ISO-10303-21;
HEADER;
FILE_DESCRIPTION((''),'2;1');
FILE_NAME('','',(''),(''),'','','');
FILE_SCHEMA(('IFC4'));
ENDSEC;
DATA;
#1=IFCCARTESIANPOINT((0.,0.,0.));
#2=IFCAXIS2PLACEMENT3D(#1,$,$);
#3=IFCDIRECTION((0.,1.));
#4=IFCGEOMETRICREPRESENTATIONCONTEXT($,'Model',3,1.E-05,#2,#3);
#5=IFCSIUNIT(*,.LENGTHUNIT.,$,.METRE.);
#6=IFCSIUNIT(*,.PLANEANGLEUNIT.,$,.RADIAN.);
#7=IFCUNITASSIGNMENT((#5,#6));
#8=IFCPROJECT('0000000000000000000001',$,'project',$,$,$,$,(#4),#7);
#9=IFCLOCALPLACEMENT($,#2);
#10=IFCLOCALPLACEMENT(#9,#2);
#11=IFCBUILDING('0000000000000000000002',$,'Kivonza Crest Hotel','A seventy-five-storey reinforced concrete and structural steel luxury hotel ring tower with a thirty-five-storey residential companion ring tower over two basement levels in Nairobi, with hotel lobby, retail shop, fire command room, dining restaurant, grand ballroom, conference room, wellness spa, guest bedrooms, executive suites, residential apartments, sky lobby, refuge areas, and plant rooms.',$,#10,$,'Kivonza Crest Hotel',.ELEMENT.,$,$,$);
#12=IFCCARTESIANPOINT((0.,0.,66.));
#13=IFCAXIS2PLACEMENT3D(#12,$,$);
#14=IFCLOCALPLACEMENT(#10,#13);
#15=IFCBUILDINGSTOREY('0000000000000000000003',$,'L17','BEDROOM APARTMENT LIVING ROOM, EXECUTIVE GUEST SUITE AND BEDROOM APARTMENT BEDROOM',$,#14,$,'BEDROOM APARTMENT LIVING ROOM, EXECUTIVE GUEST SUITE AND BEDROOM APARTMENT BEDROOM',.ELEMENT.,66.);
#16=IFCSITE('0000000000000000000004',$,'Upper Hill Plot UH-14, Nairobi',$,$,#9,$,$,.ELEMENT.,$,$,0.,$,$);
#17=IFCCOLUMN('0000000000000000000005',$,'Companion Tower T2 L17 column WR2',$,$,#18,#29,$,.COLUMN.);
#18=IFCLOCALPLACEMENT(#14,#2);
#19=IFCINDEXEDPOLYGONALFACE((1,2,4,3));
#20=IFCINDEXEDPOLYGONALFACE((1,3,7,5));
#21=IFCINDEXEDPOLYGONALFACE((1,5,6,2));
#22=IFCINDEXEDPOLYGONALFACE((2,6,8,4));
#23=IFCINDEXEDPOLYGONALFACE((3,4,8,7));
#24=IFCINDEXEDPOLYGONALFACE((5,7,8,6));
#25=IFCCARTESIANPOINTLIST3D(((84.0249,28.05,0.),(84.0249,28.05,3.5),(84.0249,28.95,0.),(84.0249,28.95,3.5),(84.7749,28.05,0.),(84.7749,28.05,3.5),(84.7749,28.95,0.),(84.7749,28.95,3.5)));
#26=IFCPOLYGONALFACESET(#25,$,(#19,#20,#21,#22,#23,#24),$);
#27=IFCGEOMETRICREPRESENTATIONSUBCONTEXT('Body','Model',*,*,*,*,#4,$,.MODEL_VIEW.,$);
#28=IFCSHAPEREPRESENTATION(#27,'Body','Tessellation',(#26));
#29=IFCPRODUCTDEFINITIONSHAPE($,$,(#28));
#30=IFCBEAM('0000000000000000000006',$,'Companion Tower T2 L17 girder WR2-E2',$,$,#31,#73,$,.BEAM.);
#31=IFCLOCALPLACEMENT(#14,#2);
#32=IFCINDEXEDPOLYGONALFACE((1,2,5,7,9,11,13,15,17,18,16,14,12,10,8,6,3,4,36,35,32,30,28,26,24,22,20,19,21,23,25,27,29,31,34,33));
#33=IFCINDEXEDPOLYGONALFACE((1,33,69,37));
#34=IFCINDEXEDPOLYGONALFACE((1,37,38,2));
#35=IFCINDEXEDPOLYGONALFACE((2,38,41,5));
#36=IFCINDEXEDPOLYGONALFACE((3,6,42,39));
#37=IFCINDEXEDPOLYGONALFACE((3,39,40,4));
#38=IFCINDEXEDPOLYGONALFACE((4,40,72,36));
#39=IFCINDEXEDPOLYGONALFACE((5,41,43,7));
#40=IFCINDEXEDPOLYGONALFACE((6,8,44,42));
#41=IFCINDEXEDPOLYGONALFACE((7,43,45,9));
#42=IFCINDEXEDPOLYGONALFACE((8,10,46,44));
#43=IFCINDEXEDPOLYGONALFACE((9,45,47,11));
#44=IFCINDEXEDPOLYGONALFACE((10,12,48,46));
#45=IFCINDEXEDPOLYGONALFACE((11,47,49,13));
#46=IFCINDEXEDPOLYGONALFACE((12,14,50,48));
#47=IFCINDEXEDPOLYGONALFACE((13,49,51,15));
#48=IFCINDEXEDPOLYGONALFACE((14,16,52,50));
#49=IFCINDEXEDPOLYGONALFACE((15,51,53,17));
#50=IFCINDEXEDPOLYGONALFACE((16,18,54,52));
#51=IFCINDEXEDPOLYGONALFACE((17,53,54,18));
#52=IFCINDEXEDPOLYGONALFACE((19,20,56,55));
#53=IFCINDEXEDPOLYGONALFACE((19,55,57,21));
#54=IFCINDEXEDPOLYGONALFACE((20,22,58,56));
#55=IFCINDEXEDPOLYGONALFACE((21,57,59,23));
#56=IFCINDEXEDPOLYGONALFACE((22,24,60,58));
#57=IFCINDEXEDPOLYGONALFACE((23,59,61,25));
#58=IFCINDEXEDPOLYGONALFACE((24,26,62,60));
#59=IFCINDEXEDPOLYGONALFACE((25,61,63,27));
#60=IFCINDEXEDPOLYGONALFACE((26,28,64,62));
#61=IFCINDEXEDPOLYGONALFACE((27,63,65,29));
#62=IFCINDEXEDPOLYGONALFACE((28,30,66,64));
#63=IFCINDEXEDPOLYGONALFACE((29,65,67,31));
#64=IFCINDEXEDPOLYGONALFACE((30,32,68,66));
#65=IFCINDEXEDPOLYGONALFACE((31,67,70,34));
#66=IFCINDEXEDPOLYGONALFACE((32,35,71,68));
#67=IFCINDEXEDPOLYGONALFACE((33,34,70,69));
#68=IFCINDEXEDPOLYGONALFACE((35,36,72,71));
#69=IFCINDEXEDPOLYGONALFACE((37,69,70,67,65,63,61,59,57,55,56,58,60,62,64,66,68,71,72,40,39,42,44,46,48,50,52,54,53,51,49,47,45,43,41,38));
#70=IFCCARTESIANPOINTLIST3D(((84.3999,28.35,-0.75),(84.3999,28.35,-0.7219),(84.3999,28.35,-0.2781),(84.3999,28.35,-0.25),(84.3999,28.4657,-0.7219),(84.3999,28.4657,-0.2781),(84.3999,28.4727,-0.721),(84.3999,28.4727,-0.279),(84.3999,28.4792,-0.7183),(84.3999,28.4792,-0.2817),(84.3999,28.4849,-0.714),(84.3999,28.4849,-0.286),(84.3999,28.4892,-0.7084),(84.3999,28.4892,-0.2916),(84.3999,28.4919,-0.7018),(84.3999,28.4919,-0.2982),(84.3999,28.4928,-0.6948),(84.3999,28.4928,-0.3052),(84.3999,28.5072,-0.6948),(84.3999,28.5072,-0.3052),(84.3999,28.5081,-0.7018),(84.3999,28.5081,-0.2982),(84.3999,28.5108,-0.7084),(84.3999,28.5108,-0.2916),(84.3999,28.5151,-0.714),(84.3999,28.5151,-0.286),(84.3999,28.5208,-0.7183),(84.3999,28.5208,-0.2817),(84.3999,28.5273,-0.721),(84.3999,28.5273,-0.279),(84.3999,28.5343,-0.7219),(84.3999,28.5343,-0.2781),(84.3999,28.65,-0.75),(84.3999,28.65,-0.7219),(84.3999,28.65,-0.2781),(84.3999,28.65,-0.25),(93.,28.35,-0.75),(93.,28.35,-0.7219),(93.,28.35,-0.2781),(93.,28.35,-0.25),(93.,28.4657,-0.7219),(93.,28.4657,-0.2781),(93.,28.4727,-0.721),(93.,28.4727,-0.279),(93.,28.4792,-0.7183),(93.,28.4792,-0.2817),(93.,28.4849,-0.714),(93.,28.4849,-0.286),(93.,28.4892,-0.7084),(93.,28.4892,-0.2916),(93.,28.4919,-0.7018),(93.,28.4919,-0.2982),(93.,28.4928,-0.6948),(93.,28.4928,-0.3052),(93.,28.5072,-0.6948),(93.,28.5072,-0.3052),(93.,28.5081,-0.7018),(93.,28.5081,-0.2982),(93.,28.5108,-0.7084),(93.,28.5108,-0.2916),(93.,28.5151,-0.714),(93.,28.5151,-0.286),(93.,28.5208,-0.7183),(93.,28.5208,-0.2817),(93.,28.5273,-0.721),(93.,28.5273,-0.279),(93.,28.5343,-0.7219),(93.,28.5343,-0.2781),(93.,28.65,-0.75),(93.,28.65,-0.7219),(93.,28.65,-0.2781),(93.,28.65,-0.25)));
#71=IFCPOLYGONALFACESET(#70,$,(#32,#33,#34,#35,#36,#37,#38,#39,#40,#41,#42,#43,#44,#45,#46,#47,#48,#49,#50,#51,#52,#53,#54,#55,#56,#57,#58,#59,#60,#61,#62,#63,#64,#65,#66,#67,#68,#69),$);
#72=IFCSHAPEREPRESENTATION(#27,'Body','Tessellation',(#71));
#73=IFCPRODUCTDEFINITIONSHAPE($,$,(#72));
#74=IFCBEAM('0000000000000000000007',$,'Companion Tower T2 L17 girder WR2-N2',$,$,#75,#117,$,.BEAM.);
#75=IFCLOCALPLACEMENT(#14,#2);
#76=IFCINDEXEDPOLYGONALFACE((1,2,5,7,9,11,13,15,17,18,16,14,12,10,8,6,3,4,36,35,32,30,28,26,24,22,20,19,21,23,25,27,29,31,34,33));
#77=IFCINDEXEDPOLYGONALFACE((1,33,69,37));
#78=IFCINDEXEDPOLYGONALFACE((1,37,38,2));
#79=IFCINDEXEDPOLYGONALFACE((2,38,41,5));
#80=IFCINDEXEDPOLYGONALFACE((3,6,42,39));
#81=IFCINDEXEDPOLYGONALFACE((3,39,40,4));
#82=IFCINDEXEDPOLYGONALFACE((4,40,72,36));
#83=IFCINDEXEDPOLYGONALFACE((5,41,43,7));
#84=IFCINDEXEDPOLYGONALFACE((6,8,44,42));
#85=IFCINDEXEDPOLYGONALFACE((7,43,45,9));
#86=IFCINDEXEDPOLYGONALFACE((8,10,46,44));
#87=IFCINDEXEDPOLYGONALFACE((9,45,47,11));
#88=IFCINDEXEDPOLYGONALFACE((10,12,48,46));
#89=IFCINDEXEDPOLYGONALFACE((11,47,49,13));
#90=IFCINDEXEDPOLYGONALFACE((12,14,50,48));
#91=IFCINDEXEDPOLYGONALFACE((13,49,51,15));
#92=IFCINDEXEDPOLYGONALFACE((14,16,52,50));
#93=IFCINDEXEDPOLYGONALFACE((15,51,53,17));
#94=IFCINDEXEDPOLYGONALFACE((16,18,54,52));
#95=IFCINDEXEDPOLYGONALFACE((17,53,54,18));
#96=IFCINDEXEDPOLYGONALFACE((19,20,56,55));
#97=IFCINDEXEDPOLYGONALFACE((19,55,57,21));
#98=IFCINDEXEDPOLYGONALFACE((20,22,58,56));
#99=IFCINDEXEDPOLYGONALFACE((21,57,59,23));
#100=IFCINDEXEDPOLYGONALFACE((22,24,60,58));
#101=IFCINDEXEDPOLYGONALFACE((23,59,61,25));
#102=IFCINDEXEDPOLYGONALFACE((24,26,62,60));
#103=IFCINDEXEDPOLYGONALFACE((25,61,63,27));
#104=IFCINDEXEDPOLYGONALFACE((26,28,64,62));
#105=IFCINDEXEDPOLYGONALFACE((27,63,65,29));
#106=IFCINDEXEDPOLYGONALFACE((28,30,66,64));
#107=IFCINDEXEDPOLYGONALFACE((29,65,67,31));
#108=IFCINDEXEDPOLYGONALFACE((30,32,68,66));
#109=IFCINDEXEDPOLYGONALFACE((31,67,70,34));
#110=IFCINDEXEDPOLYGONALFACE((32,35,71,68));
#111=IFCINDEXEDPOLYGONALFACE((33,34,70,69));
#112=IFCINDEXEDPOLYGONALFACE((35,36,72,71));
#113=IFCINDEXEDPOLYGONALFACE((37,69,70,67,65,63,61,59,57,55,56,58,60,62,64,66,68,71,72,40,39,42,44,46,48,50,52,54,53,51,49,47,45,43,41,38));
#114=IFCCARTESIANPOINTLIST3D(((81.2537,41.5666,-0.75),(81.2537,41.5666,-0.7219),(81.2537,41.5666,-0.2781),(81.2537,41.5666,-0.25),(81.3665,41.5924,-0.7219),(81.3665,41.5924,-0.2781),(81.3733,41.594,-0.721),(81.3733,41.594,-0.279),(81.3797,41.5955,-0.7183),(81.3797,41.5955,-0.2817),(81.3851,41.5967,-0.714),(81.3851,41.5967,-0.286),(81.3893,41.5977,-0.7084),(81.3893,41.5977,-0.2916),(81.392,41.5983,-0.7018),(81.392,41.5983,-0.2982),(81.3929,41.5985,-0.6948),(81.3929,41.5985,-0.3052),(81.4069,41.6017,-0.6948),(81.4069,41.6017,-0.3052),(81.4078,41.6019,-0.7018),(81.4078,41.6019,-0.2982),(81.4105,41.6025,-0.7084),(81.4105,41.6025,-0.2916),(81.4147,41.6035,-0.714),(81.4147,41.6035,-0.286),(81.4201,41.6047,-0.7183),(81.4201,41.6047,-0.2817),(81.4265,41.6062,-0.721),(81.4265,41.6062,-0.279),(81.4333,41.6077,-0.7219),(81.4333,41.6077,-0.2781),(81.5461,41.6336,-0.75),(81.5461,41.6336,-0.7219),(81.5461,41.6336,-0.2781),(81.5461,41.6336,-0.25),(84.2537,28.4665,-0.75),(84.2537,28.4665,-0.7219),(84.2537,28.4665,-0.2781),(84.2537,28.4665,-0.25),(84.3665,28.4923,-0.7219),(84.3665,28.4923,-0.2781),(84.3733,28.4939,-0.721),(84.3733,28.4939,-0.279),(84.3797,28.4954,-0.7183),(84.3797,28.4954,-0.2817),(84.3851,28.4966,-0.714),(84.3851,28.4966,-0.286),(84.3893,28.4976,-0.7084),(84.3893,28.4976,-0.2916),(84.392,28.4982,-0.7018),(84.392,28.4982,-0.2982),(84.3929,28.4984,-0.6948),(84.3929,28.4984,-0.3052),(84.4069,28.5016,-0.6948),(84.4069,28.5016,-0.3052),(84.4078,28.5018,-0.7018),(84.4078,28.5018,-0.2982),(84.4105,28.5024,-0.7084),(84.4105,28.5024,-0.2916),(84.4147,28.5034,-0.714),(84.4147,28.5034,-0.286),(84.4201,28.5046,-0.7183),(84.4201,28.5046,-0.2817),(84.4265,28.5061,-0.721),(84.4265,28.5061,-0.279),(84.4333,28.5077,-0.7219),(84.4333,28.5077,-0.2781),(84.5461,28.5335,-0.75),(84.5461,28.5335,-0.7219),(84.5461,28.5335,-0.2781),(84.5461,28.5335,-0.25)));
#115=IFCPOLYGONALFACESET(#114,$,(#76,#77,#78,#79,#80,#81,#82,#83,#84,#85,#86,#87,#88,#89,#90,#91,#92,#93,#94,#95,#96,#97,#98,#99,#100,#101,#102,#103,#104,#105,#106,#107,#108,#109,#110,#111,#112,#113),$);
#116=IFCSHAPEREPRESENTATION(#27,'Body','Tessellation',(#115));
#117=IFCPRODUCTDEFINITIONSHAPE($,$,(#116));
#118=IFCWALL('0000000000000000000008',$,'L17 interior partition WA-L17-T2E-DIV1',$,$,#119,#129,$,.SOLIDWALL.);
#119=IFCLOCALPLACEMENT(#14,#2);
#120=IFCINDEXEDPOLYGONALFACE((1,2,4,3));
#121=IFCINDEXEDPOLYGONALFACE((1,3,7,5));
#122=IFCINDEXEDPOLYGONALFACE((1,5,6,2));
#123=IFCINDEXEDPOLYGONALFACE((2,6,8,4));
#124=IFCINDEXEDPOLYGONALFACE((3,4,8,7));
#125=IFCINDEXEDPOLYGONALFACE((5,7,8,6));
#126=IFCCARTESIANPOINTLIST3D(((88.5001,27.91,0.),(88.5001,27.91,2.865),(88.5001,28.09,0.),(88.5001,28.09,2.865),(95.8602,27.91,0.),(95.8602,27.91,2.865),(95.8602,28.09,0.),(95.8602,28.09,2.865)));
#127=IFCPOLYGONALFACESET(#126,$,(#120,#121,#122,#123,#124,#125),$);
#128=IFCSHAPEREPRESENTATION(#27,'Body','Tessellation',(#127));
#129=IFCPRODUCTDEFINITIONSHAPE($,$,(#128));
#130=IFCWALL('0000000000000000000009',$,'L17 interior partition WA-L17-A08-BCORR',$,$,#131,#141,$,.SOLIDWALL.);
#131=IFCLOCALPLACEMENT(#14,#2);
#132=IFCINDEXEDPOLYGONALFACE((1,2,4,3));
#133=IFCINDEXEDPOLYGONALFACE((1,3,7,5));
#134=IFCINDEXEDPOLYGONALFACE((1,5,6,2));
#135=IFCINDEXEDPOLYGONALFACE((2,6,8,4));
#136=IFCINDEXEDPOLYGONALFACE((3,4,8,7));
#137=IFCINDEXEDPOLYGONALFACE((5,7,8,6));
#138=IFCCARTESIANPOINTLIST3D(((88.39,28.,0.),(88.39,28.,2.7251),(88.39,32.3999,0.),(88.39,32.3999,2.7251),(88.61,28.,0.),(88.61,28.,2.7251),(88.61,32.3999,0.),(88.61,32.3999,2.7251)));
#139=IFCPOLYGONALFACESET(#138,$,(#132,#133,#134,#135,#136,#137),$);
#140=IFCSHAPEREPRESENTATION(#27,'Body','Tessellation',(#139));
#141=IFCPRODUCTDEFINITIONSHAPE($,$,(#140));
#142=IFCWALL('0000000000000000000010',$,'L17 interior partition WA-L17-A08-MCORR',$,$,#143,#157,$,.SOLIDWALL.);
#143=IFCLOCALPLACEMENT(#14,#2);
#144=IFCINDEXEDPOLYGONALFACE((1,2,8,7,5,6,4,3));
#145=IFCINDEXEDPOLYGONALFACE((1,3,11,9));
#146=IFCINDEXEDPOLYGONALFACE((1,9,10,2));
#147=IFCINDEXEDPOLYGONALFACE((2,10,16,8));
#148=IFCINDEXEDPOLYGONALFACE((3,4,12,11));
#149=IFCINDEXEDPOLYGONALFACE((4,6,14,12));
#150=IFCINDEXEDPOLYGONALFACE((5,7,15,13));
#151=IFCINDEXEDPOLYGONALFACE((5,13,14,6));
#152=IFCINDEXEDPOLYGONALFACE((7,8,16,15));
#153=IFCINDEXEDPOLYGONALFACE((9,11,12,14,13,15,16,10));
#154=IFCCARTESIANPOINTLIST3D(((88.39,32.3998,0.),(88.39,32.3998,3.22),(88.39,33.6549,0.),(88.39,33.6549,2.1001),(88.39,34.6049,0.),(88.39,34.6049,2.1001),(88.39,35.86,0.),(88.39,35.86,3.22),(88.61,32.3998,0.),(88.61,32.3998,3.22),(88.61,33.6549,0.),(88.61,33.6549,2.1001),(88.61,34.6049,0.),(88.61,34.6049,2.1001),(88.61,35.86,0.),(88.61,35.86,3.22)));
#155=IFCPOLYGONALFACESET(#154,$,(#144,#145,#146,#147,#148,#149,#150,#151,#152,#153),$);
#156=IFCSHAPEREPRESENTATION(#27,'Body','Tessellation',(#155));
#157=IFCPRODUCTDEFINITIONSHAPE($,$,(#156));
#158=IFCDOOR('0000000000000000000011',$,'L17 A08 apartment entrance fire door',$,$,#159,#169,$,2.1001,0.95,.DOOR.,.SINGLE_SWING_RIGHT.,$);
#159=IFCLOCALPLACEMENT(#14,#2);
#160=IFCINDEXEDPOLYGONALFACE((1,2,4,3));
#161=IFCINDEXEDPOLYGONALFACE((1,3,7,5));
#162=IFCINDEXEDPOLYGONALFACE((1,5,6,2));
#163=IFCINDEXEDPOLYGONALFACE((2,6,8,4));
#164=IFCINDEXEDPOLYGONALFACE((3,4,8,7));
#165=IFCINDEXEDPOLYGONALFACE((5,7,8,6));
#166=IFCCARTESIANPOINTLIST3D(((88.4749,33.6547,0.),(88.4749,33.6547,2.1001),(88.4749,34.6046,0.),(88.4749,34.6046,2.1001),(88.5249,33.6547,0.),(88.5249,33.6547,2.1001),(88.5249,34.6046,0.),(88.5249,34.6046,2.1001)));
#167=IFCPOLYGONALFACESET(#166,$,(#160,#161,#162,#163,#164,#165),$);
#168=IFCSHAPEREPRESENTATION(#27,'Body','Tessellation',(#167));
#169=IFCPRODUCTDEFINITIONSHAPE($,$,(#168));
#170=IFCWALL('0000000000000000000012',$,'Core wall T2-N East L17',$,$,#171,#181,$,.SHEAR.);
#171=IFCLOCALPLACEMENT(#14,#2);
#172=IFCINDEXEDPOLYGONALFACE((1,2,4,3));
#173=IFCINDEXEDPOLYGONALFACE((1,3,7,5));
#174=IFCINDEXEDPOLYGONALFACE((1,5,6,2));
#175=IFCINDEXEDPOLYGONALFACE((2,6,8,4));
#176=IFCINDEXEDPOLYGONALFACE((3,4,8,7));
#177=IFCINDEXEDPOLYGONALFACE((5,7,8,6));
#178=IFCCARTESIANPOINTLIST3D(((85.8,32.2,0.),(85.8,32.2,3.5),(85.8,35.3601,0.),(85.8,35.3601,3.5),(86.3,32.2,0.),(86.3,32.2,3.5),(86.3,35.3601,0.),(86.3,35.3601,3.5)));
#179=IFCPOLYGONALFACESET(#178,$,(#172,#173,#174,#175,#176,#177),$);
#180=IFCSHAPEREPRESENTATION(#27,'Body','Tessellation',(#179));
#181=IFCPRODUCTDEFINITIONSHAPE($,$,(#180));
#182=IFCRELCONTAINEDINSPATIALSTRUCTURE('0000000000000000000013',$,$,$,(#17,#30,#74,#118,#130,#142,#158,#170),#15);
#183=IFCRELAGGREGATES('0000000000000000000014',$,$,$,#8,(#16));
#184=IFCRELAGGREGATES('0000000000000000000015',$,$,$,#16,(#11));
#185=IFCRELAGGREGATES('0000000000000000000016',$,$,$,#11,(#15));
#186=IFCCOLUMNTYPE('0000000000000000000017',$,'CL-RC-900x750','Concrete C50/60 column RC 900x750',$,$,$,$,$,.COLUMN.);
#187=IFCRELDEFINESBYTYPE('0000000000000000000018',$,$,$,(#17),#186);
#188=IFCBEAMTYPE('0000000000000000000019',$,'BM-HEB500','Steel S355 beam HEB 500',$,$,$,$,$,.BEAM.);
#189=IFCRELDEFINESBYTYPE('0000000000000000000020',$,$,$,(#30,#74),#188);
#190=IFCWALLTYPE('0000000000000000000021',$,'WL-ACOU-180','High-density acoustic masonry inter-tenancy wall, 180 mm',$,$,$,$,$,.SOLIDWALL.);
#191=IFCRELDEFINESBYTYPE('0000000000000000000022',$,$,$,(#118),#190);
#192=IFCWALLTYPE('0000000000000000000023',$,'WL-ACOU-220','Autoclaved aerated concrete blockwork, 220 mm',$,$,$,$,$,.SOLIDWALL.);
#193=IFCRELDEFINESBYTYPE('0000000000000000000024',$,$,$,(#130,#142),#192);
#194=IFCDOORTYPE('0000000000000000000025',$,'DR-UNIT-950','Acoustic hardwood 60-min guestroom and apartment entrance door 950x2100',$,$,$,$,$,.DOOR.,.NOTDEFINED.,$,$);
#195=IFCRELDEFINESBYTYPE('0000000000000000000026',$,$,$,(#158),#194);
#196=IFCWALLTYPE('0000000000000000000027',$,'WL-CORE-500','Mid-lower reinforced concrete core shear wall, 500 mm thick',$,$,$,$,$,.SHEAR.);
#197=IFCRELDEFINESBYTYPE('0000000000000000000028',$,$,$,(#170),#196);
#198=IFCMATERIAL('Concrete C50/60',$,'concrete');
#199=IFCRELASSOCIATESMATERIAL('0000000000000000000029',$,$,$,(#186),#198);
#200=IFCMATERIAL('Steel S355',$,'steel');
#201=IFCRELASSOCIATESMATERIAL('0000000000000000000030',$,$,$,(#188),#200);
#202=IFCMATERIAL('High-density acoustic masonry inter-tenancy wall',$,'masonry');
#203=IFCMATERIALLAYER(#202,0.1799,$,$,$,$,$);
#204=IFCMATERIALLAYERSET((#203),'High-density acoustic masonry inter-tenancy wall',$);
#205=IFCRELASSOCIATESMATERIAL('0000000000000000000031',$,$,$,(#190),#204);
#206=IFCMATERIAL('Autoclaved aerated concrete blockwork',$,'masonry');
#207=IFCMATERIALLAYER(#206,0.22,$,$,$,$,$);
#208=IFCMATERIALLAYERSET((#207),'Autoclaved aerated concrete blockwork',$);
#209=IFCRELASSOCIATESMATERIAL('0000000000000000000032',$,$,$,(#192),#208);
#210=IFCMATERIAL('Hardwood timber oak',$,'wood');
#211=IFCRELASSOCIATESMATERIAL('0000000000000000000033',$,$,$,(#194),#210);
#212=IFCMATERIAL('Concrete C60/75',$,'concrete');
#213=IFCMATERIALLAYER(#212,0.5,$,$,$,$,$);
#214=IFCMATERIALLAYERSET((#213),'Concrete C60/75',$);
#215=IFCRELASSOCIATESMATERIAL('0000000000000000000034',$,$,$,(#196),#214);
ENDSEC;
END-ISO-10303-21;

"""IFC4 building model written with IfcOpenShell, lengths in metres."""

from ifc_helpers import new_model, si_unit, direction, frame, frame_2d, origin, origin_2d, place, context, subcontext, project, spatial, rectangle, i_section, extrude, material, layer, layer_set, material_profile, profile_set, type_object, element, fill, save


model = new_model("IFC4")

# Units and contexts
model_context = context("Model", 3, precision=1e-05, world=origin(), true_north=direction((0.0, 1.0)))
body_context = subcontext(model_context, "Body", "Model", "MODEL_VIEW")
ifc_project = project(units=[si_unit("LENGTHUNIT", "METRE"), si_unit("PLANEANGLEUNIT", "RADIAN")], contexts=[model_context])

# Site, building, storey
site_placement = place(None, origin())
site = spatial("IfcSite", under=ifc_project, at=site_placement, Name="Upper Hill Plot UH-14, Nairobi", CompositionType="ELEMENT", RefElevation=0.0)
building_placement = place(site_placement, origin())
building = spatial("IfcBuilding", under=site, at=building_placement, Name="Kivonza Crest Hotel", Description="A seventy-five-storey reinforced concrete and structural steel luxury hotel ring tower with a thirty-five-storey residential companion ring tower over two basement levels in Nairobi, with hotel lobby, retail shop, fire command room, dining restaurant, grand ballroom, conference room, wellness spa, guest bedrooms, executive suites, residential apartments, sky lobby, refuge areas, and plant rooms.", LongName="Kivonza Crest Hotel", CompositionType="ELEMENT")
storey_placement = place(building_placement, frame((0.0, 0.0, 66.0)))
storey = spatial("IfcBuildingStorey", under=building, at=storey_placement, Name="L17", Description="BEDROOM APARTMENT LIVING ROOM, EXECUTIVE GUEST SUITE AND BEDROOM APARTMENT BEDROOM", LongName="BEDROOM APARTMENT LIVING ROOM, EXECUTIVE GUEST SUITE AND BEDROOM APARTMENT BEDROOM", CompositionType="ELEMENT", Elevation=66.0)

# Column
ifc_material_1 = material(Name="Concrete C50/60", Category="concrete")
ifc_material_profile_1 = material_profile(ifc_material_1, rectangle(XDim=0.75, YDim=0.8999, at=origin_2d()), Name="RC 900x750")
ifc_profile_set_1 = profile_set([ifc_material_profile_1], Name="Concrete C50/60")
column_type = type_object("IfcColumnType", Name="CL-RC-900x750", Description="Concrete C50/60 column RC 900x750", PredefinedType="COLUMN", material=ifc_profile_set_1)
column_placement = place(storey_placement, frame((84.3999, 28.5, 0.0), z_axis=(0.0, 0.0, 1.0), x_axis=(1.0, 0.0, 0.0)))
element("IfcColumn", 1, at=column_placement, inside=storey, type_object=column_type, Name="Companion Tower T2 L17 column WR2", PredefinedType="COLUMN", context=body_context, shape_type="SweptSolid", body=[
    extrude(rectangle(XDim=0.75, YDim=0.8999, at=origin_2d()), origin(), (0.0, 0.0, 1.0), 3.5),
])

# Beams
ifc_material_2 = material(Name="Steel S355", Category="steel")
ifc_material_profile_2 = material_profile(ifc_material_2, i_section(OverallWidth=0.3, OverallDepth=0.5, WebThickness=0.0144, FlangeThickness=0.0281, FilletRadius=0.0271, at=origin_2d()), Name="HEB 500")
ifc_profile_set_2 = profile_set([ifc_material_profile_2], Name="Steel S355")
beam_type = type_object("IfcBeamType", Name="BM-HEB500", Description="Steel S355 beam HEB 500", PredefinedType="BEAM", material=ifc_profile_set_2)
beam_1_placement = place(storey_placement, frame((84.3999, 28.5, -0.5), z_axis=(1.0, 0.0, 0.0), x_axis=(0.0, 1.0, 0.0)))
element("IfcBeam", 2, at=beam_1_placement, inside=storey, type_object=beam_type, Name="Companion Tower T2 L17 girder WR2-E2", PredefinedType="BEAM", context=body_context, shape_type="SweptSolid", body=[
    extrude(i_section(OverallWidth=0.3, OverallDepth=0.5, WebThickness=0.0144, FlangeThickness=0.0281, FilletRadius=0.0271, at=origin_2d()), origin(), (0.0, 0.0, 1.0), 8.6001),
])
beam_2_placement = place(storey_placement, frame((84.3999, 28.5, -0.5), z_axis=(-0.223227, 0.974766, 0.0), x_axis=(-0.974766, -0.223227, 0.0)))
element("IfcBeam", 3, at=beam_2_placement, inside=storey, type_object=beam_type, Name="Companion Tower T2 L17 girder WR2-N2", PredefinedType="BEAM", context=body_context, shape_type="SweptSolid", body=[
    extrude(i_section(OverallWidth=0.3, OverallDepth=0.5, WebThickness=0.0144, FlangeThickness=0.0281, FilletRadius=0.0271, at=origin_2d()), origin(), (0.0, 0.0, 1.0), 13.4392),
])

# Walls
ifc_material_3 = material(Name="High-density acoustic masonry inter-tenancy wall", Category="masonry")
ifc_layer_1 = layer(ifc_material_3, 0.1799)
ifc_layer_set_1 = layer_set([ifc_layer_1], Name="High-density acoustic masonry inter-tenancy wall")
wall_type_1 = type_object("IfcWallType", Name="WL-ACOU-180", Description="High-density acoustic masonry inter-tenancy wall, 180 mm", PredefinedType="SOLIDWALL", material=ifc_layer_set_1)
wall_1_placement = place(storey_placement, frame((88.5, 28.0, 0.0), z_axis=(0.0, 0.0, 1.0), x_axis=(1.0, 0.0, 0.0)))
element("IfcWall", 4, at=wall_1_placement, inside=storey, type_object=wall_type_1, Name="L17 interior partition WA-L17-T2E-DIV1", PredefinedType="SOLIDWALL", context=body_context, shape_type="SweptSolid", body=[
    extrude(rectangle(XDim=7.3601, YDim=0.1799, at=frame_2d((3.6802, 0.0))), origin(), (0.0, 0.0, 1.0), 2.865),
])
ifc_material_4 = material(Name="Autoclaved aerated concrete blockwork", Category="masonry")
ifc_layer_2 = layer(ifc_material_4, 0.22)
ifc_layer_set_2 = layer_set([ifc_layer_2], Name="Autoclaved aerated concrete blockwork")
wall_type_2 = type_object("IfcWallType", Name="WL-ACOU-220", Description="Autoclaved aerated concrete blockwork, 220 mm", PredefinedType="SOLIDWALL", material=ifc_layer_set_2)
wall_2_placement = place(storey_placement, frame((88.5, 28.0, 0.0), z_axis=(0.0, 0.0, 1.0), x_axis=(0.0, 1.0, 0.0)))
element("IfcWall", 5, at=wall_2_placement, inside=storey, type_object=wall_type_2, Name="L17 interior partition WA-L17-A08-BCORR", PredefinedType="SOLIDWALL", context=body_context, shape_type="SweptSolid", body=[
    extrude(rectangle(XDim=4.3999, YDim=0.22, at=frame_2d((2.2, 0.0))), origin(), (0.0, 0.0, 1.0), 2.7251),
])

# Wall, opening, door
wall_3_placement = place(storey_placement, frame((88.5, 32.3999, 0.0), z_axis=(0.0, 0.0, 1.0), x_axis=(0.0, 1.0, 0.0)))
wall_3 = element("IfcWall", 6, at=wall_3_placement, inside=storey, type_object=wall_type_2, Name="L17 interior partition WA-L17-A08-MCORR", PredefinedType="SOLIDWALL", context=body_context, shape_type="SweptSolid", body=[
    extrude(rectangle(XDim=3.4602, YDim=0.22, at=frame_2d((1.73, 0.0))), origin(), (0.0, 0.0, 1.0), 3.22),
])
opening_1_placement = place(wall_3_placement, frame((1.2549, 0.0, 0.0)))
opening_1 = element("IfcOpeningElement", 7, at=opening_1_placement, cuts=wall_3, PredefinedType="OPENING", context=body_context, shape_type="SweptSolid", body=[
    extrude(rectangle(XDim=0.95, YDim=2.1001, at=frame_2d((0.4751, 1.05))), frame((0.0, 0.1201, 0.0), z_axis=(0.0, -1.0, 0.0), x_axis=(1.0, 0.0, 0.0)), (0.0, 0.0, 1.0), 0.24),
])
ifc_material_5 = material(Name="Hardwood timber oak", Category="wood")
door_type_1 = type_object("IfcDoorType", Name="DR-UNIT-950", Description="Acoustic hardwood 60-min guestroom and apartment entrance door 950x2100", OperationType="NOTDEFINED", PredefinedType="DOOR", material=ifc_material_5)
door_1_placement = place(opening_1_placement, frame((0.95, 0.0, 0.0), z_axis=(0.0, 0.0, 1.0), x_axis=(-1.0, 0.0, 0.0)))
door_1 = element("IfcDoor", 8, at=door_1_placement, inside=storey, type_object=door_type_1, Name="L17 A08 apartment entrance fire door", OperationType="SINGLE_SWING_RIGHT", OverallHeight=2.1001, OverallWidth=0.95, PredefinedType="DOOR", context=body_context, shape_type="SweptSolid", body=[
    extrude(rectangle(XDim=0.95, YDim=2.1001, at=frame_2d((0.4751, 1.05))), frame((0.0, 0.0249, 0.0), z_axis=(0.0, -1.0, 0.0), x_axis=(1.0, 0.0, 0.0)), (0.0, 0.0, 1.0), 0.05),
])
fill(opening_1, door_1)

# Wall
ifc_material_6 = material(Name="Concrete C60/75", Category="concrete")
ifc_layer_3 = layer(ifc_material_6, 0.5)
ifc_layer_set_3 = layer_set([ifc_layer_3], Name="Concrete C60/75")
wall_type_3 = type_object("IfcWallType", Name="WL-CORE-500", Description="Mid-lower reinforced concrete core shear wall, 500 mm thick", PredefinedType="SHEAR", material=ifc_layer_set_3)
wall_4_placement = place(storey_placement, frame((86.05, 32.2, 0.0), z_axis=(0.0, 0.0, 1.0), x_axis=(0.0, 1.0, 0.0)))
element("IfcWall", 9, at=wall_4_placement, inside=storey, type_object=wall_type_3, Name="Core wall T2-N East L17", PredefinedType="SHEAR", context=body_context, shape_type="SweptSolid", body=[
    extrude(rectangle(XDim=3.1602, YDim=0.5, at=frame_2d((1.5801, 0.0))), origin(), (0.0, 0.0, 1.0), 3.5),
])

save(model, "model.ifc")
